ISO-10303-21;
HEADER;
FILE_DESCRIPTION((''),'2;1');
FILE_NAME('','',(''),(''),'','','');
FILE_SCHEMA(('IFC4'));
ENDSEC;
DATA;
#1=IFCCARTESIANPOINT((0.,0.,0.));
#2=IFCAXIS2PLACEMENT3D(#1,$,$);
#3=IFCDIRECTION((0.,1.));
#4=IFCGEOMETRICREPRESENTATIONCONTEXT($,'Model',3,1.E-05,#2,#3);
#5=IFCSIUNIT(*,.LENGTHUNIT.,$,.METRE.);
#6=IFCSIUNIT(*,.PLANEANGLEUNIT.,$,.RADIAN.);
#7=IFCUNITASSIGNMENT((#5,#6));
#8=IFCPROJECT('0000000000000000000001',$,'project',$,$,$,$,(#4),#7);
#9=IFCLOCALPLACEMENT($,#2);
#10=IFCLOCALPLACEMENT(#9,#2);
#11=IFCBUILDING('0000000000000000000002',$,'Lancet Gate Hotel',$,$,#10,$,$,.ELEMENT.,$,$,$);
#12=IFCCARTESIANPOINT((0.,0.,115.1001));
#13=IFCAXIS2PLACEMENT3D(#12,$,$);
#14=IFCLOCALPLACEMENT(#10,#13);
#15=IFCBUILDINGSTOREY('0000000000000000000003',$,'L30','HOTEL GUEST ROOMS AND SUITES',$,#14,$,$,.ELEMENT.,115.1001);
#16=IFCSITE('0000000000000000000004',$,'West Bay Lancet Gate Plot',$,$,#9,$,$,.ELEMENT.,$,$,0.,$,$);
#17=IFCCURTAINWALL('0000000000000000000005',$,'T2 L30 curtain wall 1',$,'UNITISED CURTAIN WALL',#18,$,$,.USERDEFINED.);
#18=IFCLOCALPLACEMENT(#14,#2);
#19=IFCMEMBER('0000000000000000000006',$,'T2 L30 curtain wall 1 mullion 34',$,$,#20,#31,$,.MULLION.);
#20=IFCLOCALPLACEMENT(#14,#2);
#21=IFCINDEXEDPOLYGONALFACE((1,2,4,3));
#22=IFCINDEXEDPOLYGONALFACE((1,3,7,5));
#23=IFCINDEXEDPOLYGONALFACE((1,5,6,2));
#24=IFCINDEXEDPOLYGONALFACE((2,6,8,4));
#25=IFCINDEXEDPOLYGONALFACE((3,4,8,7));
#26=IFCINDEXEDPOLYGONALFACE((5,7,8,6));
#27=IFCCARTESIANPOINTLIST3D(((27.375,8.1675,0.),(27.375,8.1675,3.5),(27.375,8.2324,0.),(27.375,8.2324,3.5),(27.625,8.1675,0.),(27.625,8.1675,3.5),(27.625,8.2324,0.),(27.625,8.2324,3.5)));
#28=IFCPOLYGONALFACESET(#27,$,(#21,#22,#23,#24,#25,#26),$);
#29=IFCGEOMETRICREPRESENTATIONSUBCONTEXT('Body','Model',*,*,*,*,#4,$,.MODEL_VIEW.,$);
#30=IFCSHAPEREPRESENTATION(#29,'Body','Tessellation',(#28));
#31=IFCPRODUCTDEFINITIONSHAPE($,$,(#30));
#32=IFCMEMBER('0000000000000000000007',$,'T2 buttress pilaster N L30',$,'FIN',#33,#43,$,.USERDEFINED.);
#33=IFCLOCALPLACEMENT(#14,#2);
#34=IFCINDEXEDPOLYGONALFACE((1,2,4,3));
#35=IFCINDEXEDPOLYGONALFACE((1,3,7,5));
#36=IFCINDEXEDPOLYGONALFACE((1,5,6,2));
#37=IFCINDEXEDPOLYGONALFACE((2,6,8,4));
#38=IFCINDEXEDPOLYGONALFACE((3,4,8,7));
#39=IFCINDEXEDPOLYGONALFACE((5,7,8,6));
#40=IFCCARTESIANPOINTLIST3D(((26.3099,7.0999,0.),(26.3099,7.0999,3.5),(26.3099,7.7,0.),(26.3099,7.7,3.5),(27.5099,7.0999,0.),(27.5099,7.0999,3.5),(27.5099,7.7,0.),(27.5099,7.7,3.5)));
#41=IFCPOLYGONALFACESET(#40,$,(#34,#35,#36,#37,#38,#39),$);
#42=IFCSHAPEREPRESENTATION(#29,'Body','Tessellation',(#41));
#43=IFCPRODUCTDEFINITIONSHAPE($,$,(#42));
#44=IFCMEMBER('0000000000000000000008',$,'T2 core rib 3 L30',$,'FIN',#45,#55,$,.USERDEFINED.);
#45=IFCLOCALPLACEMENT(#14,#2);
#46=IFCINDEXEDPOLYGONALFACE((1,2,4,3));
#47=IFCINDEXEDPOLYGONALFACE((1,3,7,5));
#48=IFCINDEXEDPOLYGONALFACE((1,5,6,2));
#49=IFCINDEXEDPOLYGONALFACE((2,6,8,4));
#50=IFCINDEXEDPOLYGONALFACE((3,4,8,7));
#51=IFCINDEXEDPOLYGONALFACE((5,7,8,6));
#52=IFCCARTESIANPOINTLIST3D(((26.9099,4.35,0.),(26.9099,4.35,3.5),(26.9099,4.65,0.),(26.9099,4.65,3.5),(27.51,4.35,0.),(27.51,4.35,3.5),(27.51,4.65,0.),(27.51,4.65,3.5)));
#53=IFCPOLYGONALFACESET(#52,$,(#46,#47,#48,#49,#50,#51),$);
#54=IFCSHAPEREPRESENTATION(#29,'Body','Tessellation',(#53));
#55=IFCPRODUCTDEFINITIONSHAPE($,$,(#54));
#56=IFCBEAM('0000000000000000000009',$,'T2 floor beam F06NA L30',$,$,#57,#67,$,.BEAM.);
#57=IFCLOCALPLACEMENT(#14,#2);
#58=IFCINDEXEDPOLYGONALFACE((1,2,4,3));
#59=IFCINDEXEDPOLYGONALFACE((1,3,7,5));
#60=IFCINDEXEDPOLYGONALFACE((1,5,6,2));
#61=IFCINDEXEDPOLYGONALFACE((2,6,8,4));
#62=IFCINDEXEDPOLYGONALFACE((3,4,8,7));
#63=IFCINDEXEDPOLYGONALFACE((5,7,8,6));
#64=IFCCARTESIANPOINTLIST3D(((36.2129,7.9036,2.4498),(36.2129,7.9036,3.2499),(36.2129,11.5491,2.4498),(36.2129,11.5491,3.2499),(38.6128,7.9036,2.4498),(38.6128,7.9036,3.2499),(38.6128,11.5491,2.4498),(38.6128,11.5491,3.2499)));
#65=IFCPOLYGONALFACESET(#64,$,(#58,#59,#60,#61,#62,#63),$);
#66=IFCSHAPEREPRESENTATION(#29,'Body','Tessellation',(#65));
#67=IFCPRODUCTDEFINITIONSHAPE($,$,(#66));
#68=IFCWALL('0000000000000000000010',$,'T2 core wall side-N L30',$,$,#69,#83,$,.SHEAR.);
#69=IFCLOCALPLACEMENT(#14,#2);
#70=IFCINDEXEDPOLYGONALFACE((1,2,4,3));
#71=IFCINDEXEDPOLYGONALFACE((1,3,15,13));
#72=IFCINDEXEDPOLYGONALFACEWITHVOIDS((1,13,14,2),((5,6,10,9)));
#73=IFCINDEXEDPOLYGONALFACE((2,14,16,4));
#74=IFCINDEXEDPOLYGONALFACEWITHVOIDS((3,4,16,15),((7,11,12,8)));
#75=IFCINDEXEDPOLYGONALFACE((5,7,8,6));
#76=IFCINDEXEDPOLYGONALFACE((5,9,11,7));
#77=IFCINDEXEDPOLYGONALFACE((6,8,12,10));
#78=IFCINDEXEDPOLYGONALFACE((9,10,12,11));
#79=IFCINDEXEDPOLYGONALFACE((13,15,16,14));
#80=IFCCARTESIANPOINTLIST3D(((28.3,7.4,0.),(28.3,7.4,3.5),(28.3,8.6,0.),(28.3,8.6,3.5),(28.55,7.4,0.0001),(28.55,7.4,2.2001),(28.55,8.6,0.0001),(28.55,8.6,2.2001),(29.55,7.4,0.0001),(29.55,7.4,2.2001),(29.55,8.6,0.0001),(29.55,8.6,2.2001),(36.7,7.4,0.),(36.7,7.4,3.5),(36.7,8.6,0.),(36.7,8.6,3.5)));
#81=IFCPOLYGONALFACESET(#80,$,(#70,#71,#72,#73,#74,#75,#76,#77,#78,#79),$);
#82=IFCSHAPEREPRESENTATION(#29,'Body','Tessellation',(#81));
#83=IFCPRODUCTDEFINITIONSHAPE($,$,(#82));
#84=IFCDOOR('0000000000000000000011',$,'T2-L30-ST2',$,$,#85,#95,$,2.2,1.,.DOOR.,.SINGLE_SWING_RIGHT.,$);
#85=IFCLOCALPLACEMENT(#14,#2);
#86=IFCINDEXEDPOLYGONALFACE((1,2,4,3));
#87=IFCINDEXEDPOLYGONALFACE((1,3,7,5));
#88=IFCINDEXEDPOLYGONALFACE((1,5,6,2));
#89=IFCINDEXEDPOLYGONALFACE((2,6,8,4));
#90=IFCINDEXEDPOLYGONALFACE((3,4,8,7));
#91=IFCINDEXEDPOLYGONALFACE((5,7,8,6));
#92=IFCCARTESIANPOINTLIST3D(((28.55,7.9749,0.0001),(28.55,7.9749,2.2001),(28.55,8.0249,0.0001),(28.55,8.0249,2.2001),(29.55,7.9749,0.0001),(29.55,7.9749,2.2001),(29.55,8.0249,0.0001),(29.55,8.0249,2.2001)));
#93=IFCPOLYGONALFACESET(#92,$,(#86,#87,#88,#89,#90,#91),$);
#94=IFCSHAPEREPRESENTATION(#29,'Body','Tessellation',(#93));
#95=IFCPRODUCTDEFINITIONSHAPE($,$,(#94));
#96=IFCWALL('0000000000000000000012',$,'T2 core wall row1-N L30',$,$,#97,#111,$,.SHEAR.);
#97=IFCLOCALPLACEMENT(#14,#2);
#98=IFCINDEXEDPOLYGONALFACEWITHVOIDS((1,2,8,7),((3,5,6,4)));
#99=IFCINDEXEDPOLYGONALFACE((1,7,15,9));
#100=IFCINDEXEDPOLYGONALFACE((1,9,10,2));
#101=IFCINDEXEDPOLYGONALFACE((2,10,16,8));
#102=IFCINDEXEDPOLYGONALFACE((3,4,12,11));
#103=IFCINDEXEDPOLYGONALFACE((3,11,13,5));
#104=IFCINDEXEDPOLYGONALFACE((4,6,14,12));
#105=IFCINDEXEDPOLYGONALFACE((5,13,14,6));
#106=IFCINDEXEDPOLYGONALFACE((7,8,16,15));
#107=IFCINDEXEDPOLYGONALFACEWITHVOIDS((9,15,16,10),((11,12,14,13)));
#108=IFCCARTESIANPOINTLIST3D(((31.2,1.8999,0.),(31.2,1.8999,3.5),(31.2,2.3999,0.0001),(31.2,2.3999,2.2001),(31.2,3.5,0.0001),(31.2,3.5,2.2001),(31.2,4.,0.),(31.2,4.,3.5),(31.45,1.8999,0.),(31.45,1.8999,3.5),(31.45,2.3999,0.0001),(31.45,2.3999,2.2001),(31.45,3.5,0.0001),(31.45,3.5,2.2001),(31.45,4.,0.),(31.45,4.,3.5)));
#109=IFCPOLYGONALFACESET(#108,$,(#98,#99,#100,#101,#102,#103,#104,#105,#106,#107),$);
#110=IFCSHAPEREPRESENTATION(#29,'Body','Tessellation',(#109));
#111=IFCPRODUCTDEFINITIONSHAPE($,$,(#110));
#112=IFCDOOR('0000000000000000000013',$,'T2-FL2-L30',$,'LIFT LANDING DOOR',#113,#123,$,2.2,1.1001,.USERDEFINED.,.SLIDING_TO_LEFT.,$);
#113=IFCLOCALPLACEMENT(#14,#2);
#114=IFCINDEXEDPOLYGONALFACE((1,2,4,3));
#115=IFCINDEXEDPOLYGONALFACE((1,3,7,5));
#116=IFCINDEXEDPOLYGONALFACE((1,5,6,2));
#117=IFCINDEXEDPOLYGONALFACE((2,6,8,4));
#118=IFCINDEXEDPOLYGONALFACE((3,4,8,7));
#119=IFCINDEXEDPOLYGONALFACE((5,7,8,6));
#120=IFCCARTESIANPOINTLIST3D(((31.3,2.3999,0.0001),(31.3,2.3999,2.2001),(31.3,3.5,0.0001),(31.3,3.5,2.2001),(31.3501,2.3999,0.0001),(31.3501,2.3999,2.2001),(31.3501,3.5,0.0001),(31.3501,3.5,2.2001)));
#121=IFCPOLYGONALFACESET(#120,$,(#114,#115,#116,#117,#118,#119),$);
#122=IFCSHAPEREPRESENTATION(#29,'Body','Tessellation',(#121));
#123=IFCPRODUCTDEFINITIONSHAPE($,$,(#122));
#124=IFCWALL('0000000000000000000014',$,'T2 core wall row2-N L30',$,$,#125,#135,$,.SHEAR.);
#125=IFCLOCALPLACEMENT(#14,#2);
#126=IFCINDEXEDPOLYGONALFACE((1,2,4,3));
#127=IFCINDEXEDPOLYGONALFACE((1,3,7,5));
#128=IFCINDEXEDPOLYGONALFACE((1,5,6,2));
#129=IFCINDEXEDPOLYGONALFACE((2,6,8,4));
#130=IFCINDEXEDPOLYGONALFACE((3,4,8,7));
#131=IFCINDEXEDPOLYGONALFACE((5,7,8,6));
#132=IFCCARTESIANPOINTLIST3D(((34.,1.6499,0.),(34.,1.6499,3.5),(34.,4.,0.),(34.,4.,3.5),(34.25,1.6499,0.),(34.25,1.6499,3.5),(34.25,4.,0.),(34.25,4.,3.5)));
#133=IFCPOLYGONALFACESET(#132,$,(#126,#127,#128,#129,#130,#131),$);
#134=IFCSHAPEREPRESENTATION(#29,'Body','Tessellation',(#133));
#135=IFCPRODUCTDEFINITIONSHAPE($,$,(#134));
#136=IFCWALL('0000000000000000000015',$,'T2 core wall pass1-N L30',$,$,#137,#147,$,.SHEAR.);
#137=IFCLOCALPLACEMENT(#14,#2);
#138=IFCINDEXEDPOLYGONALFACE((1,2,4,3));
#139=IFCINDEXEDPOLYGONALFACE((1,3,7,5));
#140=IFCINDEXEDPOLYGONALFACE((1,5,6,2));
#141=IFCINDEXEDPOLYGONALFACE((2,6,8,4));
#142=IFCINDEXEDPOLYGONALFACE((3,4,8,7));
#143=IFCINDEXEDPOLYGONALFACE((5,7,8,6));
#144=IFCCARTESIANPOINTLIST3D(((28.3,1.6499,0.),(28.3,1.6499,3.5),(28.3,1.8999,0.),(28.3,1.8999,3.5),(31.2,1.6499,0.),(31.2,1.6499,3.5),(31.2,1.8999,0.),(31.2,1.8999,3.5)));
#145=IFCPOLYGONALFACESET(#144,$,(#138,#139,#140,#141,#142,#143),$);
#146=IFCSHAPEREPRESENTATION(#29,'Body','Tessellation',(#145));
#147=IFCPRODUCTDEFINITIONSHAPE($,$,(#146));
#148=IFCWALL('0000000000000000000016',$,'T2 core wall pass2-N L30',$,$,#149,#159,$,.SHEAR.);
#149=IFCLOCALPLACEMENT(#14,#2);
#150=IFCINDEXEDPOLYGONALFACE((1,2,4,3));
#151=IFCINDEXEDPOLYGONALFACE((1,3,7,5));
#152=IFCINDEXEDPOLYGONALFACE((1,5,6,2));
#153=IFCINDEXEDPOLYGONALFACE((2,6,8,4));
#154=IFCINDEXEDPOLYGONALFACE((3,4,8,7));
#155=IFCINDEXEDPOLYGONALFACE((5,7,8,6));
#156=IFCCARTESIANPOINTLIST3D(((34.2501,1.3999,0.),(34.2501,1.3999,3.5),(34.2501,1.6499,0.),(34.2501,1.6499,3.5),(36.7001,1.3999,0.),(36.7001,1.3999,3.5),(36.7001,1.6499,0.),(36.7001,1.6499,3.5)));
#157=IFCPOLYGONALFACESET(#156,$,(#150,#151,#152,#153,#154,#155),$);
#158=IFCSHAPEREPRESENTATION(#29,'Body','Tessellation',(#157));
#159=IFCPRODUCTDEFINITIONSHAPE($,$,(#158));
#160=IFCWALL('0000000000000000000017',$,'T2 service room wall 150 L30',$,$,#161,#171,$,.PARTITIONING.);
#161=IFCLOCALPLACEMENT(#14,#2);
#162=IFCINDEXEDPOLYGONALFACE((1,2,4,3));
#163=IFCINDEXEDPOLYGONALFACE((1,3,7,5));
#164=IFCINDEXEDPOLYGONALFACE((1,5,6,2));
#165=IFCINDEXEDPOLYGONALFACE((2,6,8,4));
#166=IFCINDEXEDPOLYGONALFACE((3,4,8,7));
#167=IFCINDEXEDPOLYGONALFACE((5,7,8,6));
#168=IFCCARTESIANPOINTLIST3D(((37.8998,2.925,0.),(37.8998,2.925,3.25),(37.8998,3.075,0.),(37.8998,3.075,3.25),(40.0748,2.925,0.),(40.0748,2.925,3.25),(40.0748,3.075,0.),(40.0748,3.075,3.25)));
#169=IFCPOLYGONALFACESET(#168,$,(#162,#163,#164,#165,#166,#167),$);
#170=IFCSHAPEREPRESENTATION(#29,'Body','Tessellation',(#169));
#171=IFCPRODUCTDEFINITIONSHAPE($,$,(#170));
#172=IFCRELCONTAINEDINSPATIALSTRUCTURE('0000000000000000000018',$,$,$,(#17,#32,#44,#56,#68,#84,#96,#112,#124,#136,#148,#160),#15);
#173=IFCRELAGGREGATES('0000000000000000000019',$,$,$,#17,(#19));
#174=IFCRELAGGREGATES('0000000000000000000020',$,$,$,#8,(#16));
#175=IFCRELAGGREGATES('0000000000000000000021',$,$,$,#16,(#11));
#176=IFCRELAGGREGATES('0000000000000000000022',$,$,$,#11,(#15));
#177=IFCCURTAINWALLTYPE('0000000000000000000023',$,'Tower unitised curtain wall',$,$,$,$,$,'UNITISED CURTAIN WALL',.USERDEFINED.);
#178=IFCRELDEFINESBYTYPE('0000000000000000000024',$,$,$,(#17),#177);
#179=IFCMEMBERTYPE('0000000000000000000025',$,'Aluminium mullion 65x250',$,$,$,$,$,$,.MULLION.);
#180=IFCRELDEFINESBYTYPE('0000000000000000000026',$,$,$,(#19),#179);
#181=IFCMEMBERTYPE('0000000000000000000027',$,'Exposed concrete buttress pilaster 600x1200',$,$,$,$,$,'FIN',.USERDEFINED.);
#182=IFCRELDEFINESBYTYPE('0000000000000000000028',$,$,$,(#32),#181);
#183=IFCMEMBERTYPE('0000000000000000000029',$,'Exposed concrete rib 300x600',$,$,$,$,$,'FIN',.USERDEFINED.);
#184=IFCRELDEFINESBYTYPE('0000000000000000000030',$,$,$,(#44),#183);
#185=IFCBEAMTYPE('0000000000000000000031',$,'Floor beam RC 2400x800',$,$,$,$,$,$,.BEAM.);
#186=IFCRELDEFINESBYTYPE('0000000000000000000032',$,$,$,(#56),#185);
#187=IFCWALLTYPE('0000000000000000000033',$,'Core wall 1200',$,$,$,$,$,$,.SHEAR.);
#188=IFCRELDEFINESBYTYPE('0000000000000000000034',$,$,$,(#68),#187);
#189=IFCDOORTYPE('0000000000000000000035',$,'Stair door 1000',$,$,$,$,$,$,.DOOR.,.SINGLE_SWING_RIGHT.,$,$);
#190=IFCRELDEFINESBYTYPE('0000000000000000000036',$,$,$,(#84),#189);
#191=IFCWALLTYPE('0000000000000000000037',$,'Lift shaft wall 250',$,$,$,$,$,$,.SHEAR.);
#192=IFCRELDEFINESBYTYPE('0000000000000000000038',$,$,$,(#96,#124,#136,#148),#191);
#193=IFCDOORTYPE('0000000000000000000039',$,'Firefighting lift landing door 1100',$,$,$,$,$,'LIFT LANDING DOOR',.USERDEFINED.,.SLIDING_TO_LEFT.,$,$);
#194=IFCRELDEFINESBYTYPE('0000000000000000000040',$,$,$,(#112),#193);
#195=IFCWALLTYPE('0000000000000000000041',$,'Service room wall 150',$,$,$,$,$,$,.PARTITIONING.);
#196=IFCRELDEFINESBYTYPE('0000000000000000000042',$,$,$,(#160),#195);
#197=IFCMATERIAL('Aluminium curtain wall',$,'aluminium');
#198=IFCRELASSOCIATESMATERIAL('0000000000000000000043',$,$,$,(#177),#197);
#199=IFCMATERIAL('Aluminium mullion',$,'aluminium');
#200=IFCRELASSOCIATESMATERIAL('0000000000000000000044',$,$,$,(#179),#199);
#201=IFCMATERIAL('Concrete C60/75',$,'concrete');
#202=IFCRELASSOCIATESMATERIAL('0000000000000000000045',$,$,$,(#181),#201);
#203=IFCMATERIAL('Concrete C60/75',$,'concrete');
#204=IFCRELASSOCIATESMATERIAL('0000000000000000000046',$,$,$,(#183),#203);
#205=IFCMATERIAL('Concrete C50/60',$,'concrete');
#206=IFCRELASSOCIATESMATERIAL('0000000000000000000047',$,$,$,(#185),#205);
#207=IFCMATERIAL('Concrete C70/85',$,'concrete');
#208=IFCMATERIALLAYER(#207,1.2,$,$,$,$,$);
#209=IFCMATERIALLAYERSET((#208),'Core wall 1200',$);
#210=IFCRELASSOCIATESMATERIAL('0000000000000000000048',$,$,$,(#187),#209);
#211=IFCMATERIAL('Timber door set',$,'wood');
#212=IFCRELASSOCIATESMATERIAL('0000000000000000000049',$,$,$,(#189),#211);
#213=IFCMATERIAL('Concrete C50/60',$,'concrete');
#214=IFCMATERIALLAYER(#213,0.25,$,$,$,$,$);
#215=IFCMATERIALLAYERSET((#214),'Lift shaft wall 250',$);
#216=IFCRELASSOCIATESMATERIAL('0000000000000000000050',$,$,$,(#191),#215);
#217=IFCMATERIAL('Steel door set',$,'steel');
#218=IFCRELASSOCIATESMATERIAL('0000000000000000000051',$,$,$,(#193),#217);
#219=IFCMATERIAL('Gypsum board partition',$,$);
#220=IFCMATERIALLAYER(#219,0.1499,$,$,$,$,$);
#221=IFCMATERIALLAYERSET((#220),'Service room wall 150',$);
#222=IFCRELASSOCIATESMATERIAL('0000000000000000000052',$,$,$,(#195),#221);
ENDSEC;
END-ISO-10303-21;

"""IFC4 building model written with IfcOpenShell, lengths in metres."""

from ifc_helpers import new_model, si_unit, direction, frame, frame_2d, origin, origin_2d, place, context, subcontext, project, spatial, rectangle, extrude, material, layer, layer_set, material_profile, profile_set, type_object, element, fill, aggregate, save


model = new_model("IFC4")

# Units and contexts
model_context = context("Model", 3, precision=1e-05, world=origin(), true_north=direction((0.0, 1.0)))
body_context = subcontext(model_context, "Body", "Model", "MODEL_VIEW")
ifc_project = project(units=[si_unit("LENGTHUNIT", "METRE"), si_unit("PLANEANGLEUNIT", "RADIAN")], contexts=[model_context])

# Site, building, storey
site_placement = place(None, origin())
site = spatial("IfcSite", under=ifc_project, at=site_placement, Name="West Bay Lancet Gate Plot", CompositionType="ELEMENT", RefElevation=0.0)
building_placement = place(site_placement, origin())
building = spatial("IfcBuilding", under=site, at=building_placement, Name="Lancet Gate Hotel", CompositionType="ELEMENT")
storey_placement = place(building_placement, frame((0.0, 0.0, 115.1001)))
storey = spatial("IfcBuildingStorey", under=building, at=storey_placement, Name="L30", Description="HOTEL GUEST ROOMS AND SUITES", CompositionType="ELEMENT", Elevation=115.1001)

# Curtain wall, member
ifc_material_1 = material(Name="Aluminium curtain wall", Category="aluminium")
curtain_wall_type = type_object("IfcCurtainWallType", Name="Tower unitised curtain wall", ElementType="UNITISED CURTAIN WALL", PredefinedType="USERDEFINED", material=ifc_material_1)
curtain_wall_placement = place(storey_placement, origin())
curtain_wall = element("IfcCurtainWall", 1, at=curtain_wall_placement, inside=storey, type_object=curtain_wall_type, Name="T2 L30 curtain wall 1", ObjectType="UNITISED CURTAIN WALL", PredefinedType="USERDEFINED")
ifc_material_2 = material(Name="Aluminium mullion", Category="aluminium")
ifc_material_profile_1 = material_profile(ifc_material_2, rectangle(XDim=0.0649, YDim=0.25, at=origin_2d()), Name="MULLION 65x250")
ifc_profile_set_1 = profile_set([ifc_material_profile_1], Name="Aluminium mullion")
member_type_1 = type_object("IfcMemberType", Name="Aluminium mullion 65x250", PredefinedType="MULLION", material=ifc_profile_set_1)
member_1_placement = place(storey_placement, frame((27.5, 8.2, 0.0), z_axis=(0.0, 0.0, 1.0), x_axis=(0.0, -1.0, 0.0)))
member_1 = element("IfcMember", 2, at=member_1_placement, type_object=member_type_1, Name="T2 L30 curtain wall 1 mullion 34", PredefinedType="MULLION", context=body_context, shape_type="SweptSolid", body=[
    extrude(rectangle(XDim=0.0649, YDim=0.25, at=origin_2d()), origin(), (0.0, 0.0, 1.0), 3.5),
])
aggregate(curtain_wall, [member_1])

# Members
ifc_material_3 = material(Name="Concrete C60/75", Category="concrete")
ifc_material_profile_2 = material_profile(ifc_material_3, rectangle(XDim=0.6001, YDim=1.2, at=origin_2d()), Name="FIN 600x1200")
ifc_profile_set_2 = profile_set([ifc_material_profile_2], Name="Concrete C60/75")
member_type_2 = type_object("IfcMemberType", Name="Exposed concrete buttress pilaster 600x1200", ElementType="FIN", PredefinedType="USERDEFINED", material=ifc_profile_set_2)
member_2_placement = place(storey_placement, frame((26.9099, 7.3999, 0.0), z_axis=(0.0, 0.0, 1.0), x_axis=(0.0, 1.0, 0.0)))
element("IfcMember", 3, at=member_2_placement, inside=storey, type_object=member_type_2, Name="T2 buttress pilaster N L30", ObjectType="FIN", PredefinedType="USERDEFINED", context=body_context, shape_type="SweptSolid", body=[
    extrude(rectangle(XDim=0.6001, YDim=1.2, at=origin_2d()), origin(), (0.0, 0.0, 1.0), 3.5),
])
ifc_material_4 = material(Name="Concrete C60/75", Category="concrete")
ifc_material_profile_3 = material_profile(ifc_material_4, rectangle(XDim=0.3, YDim=0.6001, at=origin_2d()), Name="FIN 300x600")
ifc_profile_set_3 = profile_set([ifc_material_profile_3], Name="Concrete C60/75")
member_type_3 = type_object("IfcMemberType", Name="Exposed concrete rib 300x600", ElementType="FIN", PredefinedType="USERDEFINED", material=ifc_profile_set_3)
member_3_placement = place(storey_placement, frame((27.21, 4.5, 0.0), z_axis=(0.0, 0.0, 1.0), x_axis=(0.0, 1.0, 0.0)))
element("IfcMember", 4, at=member_3_placement, inside=storey, type_object=member_type_3, Name="T2 core rib 3 L30", ObjectType="FIN", PredefinedType="USERDEFINED", context=body_context, shape_type="SweptSolid", body=[
    extrude(rectangle(XDim=0.3, YDim=0.6001, at=origin_2d()), origin(), (0.0, 0.0, 1.0), 3.5),
])

# Beam
ifc_material_5 = material(Name="Concrete C50/60", Category="concrete")
ifc_material_profile_4 = material_profile(ifc_material_5, rectangle(XDim=2.3999, YDim=0.8, at=origin_2d()), Name="RC 2400x800")
ifc_profile_set_4 = profile_set([ifc_material_profile_4], Name="Concrete C50/60")
beam_type = type_object("IfcBeamType", Name="Floor beam RC 2400x800", PredefinedType="BEAM", material=ifc_profile_set_4)
beam_placement = place(storey_placement, frame((37.4128, 7.9036, 2.8499), z_axis=(0.0, 1.0, 0.0), x_axis=(-1.0, 0.0, 0.0)))
element("IfcBeam", 5, at=beam_placement, inside=storey, type_object=beam_type, Name="T2 floor beam F06NA L30", PredefinedType="BEAM", context=body_context, shape_type="SweptSolid", body=[
    extrude(rectangle(XDim=2.3999, YDim=0.8, at=origin_2d()), origin(), (0.0, 0.0, 1.0), 3.6455),
])

# Walls, openings, doors
ifc_material_6 = material(Name="Concrete C70/85", Category="concrete")
ifc_layer_1 = layer(ifc_material_6, 1.2)
ifc_layer_set_1 = layer_set([ifc_layer_1], Name="Core wall 1200")
wall_type_1 = type_object("IfcWallType", Name="Core wall 1200", PredefinedType="SHEAR", material=ifc_layer_set_1)
wall_1_placement = place(storey_placement, frame((28.3, 8.0, 0.0), z_axis=(0.0, 0.0, 1.0), x_axis=(1.0, 0.0, 0.0)))
wall_1 = element("IfcWall", 6, at=wall_1_placement, inside=storey, type_object=wall_type_1, Name="T2 core wall side-N L30", PredefinedType="SHEAR", context=body_context, shape_type="SweptSolid", body=[
    extrude(rectangle(XDim=8.3999, YDim=1.2, at=frame_2d((4.2, 0.0))), origin(), (0.0, 0.0, 1.0), 3.5),
])
opening_1_placement = place(wall_1_placement, frame((0.25, 0.0, 0.0)))
opening_1 = element("IfcOpeningElement", 7, at=opening_1_placement, cuts=wall_1, PredefinedType="OPENING", context=body_context, shape_type="SweptSolid", body=[
    extrude(rectangle(XDim=1.0, YDim=2.2, at=frame_2d((0.5, 1.1001))), frame((0.0, 0.6099, 0.0), z_axis=(0.0, -1.0, 0.0), x_axis=(1.0, 0.0, 0.0)), (0.0, 0.0, 1.0), 1.22),
])
ifc_material_7 = material(Name="Timber door set", Category="wood")
door_type_1 = type_object("IfcDoorType", Name="Stair door 1000", OperationType="SINGLE_SWING_RIGHT", PredefinedType="DOOR", material=ifc_material_7)
door_1_placement = place(opening_1_placement, origin())
door_1 = element("IfcDoor", 8, at=door_1_placement, inside=storey, type_object=door_type_1, Name="T2-L30-ST2", OperationType="SINGLE_SWING_RIGHT", OverallHeight=2.2, OverallWidth=1.0, PredefinedType="DOOR", context=body_context, shape_type="SweptSolid", body=[
    extrude(rectangle(XDim=1.0, YDim=2.2, at=frame_2d((0.5, 1.1001))), frame((0.0, 0.0249, 0.0), z_axis=(0.0, -1.0, 0.0), x_axis=(1.0, 0.0, 0.0)), (0.0, 0.0, 1.0), 0.05),
])
fill(opening_1, door_1)
ifc_material_8 = material(Name="Concrete C50/60", Category="concrete")
ifc_layer_2 = layer(ifc_material_8, 0.25)
ifc_layer_set_2 = layer_set([ifc_layer_2], Name="Lift shaft wall 250")
wall_type_2 = type_object("IfcWallType", Name="Lift shaft wall 250", PredefinedType="SHEAR", material=ifc_layer_set_2)
wall_2_placement = place(storey_placement, frame((31.325, 1.8999, 0.0), z_axis=(0.0, 0.0, 1.0), x_axis=(0.0, 1.0, 0.0)))
wall_2 = element("IfcWall", 9, at=wall_2_placement, inside=storey, type_object=wall_type_2, Name="T2 core wall row1-N L30", PredefinedType="SHEAR", context=body_context, shape_type="SweptSolid", body=[
    extrude(rectangle(XDim=2.1001, YDim=0.25, at=frame_2d((1.05, 0.0))), origin(), (0.0, 0.0, 1.0), 3.5),
])
opening_2_placement = place(wall_2_placement, frame((0.5, 0.0, 0.0)))
opening_2 = element("IfcOpeningElement", 10, at=opening_2_placement, cuts=wall_2, PredefinedType="OPENING", context=body_context, shape_type="SweptSolid", body=[
    extrude(rectangle(XDim=1.1001, YDim=2.2, at=frame_2d((0.55, 1.1001))), frame((0.0, 0.135, 0.0), z_axis=(0.0, -1.0, 0.0), x_axis=(1.0, 0.0, 0.0)), (0.0, 0.0, 1.0), 0.27),
])
ifc_material_9 = material(Name="Steel door set", Category="steel")
door_type_2 = type_object("IfcDoorType", Name="Firefighting lift landing door 1100", ElementType="LIFT LANDING DOOR", OperationType="SLIDING_TO_LEFT", PredefinedType="USERDEFINED", material=ifc_material_9)
door_2_placement = place(opening_2_placement, origin())
door_2 = element("IfcDoor", 11, at=door_2_placement, inside=storey, type_object=door_type_2, Name="T2-FL2-L30", ObjectType="LIFT LANDING DOOR", OperationType="SLIDING_TO_LEFT", OverallHeight=2.2, OverallWidth=1.1001, PredefinedType="USERDEFINED", context=body_context, shape_type="SweptSolid", body=[
    extrude(rectangle(XDim=1.1001, YDim=2.2, at=frame_2d((0.55, 1.1001))), frame((0.0, 0.0249, 0.0), z_axis=(0.0, -1.0, 0.0), x_axis=(1.0, 0.0, 0.0)), (0.0, 0.0, 1.0), 0.05),
])
fill(opening_2, door_2)

# Walls
wall_3_placement = place(storey_placement, frame((34.125, 1.6499, 0.0), z_axis=(0.0, 0.0, 1.0), x_axis=(0.0, 1.0, 0.0)))
element("IfcWall", 12, at=wall_3_placement, inside=storey, type_object=wall_type_2, Name="T2 core wall row2-N L30", PredefinedType="SHEAR", context=body_context, shape_type="SweptSolid", body=[
    extrude(rectangle(XDim=2.3501, YDim=0.25, at=frame_2d((1.175, 0.0))), origin(), (0.0, 0.0, 1.0), 3.5),
])
wall_4_placement = place(storey_placement, frame((28.3, 1.7749, 0.0), z_axis=(0.0, 0.0, 1.0), x_axis=(1.0, 0.0, 0.0)))
element("IfcWall", 13, at=wall_4_placement, inside=storey, type_object=wall_type_2, Name="T2 core wall pass1-N L30", PredefinedType="SHEAR", context=body_context, shape_type="SweptSolid", body=[
    extrude(rectangle(XDim=2.8999, YDim=0.25, at=frame_2d((1.45, 0.0))), origin(), (0.0, 0.0, 1.0), 3.5),
])
wall_5_placement = place(storey_placement, frame((34.25, 1.5249, 0.0), z_axis=(0.0, 0.0, 1.0), x_axis=(1.0, 0.0, 0.0)))
element("IfcWall", 14, at=wall_5_placement, inside=storey, type_object=wall_type_2, Name="T2 core wall pass2-N L30", PredefinedType="SHEAR", context=body_context, shape_type="SweptSolid", body=[
    extrude(rectangle(XDim=2.45, YDim=0.25, at=frame_2d((1.2251, 0.0))), origin(), (0.0, 0.0, 1.0), 3.5),
])
ifc_material_10 = material(Name="Gypsum board partition")
ifc_layer_3 = layer(ifc_material_10, 0.1499)
ifc_layer_set_3 = layer_set([ifc_layer_3], Name="Service room wall 150")
wall_type_3 = type_object("IfcWallType", Name="Service room wall 150", PredefinedType="PARTITIONING", material=ifc_layer_set_3)
for number, where, z_axis, x_axis, name in (
    (15, (37.8999, 3.0, 0.0), (0.0, 0.0, 1.0), (1.0, 0.0, 0.0), "T2 service room wall 150 L30"),
):
    element("IfcWall", number, at=place(storey_placement, frame(where, z_axis=z_axis, x_axis=x_axis)), inside=storey, type_object=wall_type_3, Name=name, PredefinedType="PARTITIONING", context=body_context, shape_type="SweptSolid", body=[
        extrude(rectangle(XDim=2.175, YDim=0.1499, at=frame_2d((1.0874, 0.0))), origin(), (0.0, 0.0, 1.0), 3.25),
    ])

save(model, "model.ifc")
